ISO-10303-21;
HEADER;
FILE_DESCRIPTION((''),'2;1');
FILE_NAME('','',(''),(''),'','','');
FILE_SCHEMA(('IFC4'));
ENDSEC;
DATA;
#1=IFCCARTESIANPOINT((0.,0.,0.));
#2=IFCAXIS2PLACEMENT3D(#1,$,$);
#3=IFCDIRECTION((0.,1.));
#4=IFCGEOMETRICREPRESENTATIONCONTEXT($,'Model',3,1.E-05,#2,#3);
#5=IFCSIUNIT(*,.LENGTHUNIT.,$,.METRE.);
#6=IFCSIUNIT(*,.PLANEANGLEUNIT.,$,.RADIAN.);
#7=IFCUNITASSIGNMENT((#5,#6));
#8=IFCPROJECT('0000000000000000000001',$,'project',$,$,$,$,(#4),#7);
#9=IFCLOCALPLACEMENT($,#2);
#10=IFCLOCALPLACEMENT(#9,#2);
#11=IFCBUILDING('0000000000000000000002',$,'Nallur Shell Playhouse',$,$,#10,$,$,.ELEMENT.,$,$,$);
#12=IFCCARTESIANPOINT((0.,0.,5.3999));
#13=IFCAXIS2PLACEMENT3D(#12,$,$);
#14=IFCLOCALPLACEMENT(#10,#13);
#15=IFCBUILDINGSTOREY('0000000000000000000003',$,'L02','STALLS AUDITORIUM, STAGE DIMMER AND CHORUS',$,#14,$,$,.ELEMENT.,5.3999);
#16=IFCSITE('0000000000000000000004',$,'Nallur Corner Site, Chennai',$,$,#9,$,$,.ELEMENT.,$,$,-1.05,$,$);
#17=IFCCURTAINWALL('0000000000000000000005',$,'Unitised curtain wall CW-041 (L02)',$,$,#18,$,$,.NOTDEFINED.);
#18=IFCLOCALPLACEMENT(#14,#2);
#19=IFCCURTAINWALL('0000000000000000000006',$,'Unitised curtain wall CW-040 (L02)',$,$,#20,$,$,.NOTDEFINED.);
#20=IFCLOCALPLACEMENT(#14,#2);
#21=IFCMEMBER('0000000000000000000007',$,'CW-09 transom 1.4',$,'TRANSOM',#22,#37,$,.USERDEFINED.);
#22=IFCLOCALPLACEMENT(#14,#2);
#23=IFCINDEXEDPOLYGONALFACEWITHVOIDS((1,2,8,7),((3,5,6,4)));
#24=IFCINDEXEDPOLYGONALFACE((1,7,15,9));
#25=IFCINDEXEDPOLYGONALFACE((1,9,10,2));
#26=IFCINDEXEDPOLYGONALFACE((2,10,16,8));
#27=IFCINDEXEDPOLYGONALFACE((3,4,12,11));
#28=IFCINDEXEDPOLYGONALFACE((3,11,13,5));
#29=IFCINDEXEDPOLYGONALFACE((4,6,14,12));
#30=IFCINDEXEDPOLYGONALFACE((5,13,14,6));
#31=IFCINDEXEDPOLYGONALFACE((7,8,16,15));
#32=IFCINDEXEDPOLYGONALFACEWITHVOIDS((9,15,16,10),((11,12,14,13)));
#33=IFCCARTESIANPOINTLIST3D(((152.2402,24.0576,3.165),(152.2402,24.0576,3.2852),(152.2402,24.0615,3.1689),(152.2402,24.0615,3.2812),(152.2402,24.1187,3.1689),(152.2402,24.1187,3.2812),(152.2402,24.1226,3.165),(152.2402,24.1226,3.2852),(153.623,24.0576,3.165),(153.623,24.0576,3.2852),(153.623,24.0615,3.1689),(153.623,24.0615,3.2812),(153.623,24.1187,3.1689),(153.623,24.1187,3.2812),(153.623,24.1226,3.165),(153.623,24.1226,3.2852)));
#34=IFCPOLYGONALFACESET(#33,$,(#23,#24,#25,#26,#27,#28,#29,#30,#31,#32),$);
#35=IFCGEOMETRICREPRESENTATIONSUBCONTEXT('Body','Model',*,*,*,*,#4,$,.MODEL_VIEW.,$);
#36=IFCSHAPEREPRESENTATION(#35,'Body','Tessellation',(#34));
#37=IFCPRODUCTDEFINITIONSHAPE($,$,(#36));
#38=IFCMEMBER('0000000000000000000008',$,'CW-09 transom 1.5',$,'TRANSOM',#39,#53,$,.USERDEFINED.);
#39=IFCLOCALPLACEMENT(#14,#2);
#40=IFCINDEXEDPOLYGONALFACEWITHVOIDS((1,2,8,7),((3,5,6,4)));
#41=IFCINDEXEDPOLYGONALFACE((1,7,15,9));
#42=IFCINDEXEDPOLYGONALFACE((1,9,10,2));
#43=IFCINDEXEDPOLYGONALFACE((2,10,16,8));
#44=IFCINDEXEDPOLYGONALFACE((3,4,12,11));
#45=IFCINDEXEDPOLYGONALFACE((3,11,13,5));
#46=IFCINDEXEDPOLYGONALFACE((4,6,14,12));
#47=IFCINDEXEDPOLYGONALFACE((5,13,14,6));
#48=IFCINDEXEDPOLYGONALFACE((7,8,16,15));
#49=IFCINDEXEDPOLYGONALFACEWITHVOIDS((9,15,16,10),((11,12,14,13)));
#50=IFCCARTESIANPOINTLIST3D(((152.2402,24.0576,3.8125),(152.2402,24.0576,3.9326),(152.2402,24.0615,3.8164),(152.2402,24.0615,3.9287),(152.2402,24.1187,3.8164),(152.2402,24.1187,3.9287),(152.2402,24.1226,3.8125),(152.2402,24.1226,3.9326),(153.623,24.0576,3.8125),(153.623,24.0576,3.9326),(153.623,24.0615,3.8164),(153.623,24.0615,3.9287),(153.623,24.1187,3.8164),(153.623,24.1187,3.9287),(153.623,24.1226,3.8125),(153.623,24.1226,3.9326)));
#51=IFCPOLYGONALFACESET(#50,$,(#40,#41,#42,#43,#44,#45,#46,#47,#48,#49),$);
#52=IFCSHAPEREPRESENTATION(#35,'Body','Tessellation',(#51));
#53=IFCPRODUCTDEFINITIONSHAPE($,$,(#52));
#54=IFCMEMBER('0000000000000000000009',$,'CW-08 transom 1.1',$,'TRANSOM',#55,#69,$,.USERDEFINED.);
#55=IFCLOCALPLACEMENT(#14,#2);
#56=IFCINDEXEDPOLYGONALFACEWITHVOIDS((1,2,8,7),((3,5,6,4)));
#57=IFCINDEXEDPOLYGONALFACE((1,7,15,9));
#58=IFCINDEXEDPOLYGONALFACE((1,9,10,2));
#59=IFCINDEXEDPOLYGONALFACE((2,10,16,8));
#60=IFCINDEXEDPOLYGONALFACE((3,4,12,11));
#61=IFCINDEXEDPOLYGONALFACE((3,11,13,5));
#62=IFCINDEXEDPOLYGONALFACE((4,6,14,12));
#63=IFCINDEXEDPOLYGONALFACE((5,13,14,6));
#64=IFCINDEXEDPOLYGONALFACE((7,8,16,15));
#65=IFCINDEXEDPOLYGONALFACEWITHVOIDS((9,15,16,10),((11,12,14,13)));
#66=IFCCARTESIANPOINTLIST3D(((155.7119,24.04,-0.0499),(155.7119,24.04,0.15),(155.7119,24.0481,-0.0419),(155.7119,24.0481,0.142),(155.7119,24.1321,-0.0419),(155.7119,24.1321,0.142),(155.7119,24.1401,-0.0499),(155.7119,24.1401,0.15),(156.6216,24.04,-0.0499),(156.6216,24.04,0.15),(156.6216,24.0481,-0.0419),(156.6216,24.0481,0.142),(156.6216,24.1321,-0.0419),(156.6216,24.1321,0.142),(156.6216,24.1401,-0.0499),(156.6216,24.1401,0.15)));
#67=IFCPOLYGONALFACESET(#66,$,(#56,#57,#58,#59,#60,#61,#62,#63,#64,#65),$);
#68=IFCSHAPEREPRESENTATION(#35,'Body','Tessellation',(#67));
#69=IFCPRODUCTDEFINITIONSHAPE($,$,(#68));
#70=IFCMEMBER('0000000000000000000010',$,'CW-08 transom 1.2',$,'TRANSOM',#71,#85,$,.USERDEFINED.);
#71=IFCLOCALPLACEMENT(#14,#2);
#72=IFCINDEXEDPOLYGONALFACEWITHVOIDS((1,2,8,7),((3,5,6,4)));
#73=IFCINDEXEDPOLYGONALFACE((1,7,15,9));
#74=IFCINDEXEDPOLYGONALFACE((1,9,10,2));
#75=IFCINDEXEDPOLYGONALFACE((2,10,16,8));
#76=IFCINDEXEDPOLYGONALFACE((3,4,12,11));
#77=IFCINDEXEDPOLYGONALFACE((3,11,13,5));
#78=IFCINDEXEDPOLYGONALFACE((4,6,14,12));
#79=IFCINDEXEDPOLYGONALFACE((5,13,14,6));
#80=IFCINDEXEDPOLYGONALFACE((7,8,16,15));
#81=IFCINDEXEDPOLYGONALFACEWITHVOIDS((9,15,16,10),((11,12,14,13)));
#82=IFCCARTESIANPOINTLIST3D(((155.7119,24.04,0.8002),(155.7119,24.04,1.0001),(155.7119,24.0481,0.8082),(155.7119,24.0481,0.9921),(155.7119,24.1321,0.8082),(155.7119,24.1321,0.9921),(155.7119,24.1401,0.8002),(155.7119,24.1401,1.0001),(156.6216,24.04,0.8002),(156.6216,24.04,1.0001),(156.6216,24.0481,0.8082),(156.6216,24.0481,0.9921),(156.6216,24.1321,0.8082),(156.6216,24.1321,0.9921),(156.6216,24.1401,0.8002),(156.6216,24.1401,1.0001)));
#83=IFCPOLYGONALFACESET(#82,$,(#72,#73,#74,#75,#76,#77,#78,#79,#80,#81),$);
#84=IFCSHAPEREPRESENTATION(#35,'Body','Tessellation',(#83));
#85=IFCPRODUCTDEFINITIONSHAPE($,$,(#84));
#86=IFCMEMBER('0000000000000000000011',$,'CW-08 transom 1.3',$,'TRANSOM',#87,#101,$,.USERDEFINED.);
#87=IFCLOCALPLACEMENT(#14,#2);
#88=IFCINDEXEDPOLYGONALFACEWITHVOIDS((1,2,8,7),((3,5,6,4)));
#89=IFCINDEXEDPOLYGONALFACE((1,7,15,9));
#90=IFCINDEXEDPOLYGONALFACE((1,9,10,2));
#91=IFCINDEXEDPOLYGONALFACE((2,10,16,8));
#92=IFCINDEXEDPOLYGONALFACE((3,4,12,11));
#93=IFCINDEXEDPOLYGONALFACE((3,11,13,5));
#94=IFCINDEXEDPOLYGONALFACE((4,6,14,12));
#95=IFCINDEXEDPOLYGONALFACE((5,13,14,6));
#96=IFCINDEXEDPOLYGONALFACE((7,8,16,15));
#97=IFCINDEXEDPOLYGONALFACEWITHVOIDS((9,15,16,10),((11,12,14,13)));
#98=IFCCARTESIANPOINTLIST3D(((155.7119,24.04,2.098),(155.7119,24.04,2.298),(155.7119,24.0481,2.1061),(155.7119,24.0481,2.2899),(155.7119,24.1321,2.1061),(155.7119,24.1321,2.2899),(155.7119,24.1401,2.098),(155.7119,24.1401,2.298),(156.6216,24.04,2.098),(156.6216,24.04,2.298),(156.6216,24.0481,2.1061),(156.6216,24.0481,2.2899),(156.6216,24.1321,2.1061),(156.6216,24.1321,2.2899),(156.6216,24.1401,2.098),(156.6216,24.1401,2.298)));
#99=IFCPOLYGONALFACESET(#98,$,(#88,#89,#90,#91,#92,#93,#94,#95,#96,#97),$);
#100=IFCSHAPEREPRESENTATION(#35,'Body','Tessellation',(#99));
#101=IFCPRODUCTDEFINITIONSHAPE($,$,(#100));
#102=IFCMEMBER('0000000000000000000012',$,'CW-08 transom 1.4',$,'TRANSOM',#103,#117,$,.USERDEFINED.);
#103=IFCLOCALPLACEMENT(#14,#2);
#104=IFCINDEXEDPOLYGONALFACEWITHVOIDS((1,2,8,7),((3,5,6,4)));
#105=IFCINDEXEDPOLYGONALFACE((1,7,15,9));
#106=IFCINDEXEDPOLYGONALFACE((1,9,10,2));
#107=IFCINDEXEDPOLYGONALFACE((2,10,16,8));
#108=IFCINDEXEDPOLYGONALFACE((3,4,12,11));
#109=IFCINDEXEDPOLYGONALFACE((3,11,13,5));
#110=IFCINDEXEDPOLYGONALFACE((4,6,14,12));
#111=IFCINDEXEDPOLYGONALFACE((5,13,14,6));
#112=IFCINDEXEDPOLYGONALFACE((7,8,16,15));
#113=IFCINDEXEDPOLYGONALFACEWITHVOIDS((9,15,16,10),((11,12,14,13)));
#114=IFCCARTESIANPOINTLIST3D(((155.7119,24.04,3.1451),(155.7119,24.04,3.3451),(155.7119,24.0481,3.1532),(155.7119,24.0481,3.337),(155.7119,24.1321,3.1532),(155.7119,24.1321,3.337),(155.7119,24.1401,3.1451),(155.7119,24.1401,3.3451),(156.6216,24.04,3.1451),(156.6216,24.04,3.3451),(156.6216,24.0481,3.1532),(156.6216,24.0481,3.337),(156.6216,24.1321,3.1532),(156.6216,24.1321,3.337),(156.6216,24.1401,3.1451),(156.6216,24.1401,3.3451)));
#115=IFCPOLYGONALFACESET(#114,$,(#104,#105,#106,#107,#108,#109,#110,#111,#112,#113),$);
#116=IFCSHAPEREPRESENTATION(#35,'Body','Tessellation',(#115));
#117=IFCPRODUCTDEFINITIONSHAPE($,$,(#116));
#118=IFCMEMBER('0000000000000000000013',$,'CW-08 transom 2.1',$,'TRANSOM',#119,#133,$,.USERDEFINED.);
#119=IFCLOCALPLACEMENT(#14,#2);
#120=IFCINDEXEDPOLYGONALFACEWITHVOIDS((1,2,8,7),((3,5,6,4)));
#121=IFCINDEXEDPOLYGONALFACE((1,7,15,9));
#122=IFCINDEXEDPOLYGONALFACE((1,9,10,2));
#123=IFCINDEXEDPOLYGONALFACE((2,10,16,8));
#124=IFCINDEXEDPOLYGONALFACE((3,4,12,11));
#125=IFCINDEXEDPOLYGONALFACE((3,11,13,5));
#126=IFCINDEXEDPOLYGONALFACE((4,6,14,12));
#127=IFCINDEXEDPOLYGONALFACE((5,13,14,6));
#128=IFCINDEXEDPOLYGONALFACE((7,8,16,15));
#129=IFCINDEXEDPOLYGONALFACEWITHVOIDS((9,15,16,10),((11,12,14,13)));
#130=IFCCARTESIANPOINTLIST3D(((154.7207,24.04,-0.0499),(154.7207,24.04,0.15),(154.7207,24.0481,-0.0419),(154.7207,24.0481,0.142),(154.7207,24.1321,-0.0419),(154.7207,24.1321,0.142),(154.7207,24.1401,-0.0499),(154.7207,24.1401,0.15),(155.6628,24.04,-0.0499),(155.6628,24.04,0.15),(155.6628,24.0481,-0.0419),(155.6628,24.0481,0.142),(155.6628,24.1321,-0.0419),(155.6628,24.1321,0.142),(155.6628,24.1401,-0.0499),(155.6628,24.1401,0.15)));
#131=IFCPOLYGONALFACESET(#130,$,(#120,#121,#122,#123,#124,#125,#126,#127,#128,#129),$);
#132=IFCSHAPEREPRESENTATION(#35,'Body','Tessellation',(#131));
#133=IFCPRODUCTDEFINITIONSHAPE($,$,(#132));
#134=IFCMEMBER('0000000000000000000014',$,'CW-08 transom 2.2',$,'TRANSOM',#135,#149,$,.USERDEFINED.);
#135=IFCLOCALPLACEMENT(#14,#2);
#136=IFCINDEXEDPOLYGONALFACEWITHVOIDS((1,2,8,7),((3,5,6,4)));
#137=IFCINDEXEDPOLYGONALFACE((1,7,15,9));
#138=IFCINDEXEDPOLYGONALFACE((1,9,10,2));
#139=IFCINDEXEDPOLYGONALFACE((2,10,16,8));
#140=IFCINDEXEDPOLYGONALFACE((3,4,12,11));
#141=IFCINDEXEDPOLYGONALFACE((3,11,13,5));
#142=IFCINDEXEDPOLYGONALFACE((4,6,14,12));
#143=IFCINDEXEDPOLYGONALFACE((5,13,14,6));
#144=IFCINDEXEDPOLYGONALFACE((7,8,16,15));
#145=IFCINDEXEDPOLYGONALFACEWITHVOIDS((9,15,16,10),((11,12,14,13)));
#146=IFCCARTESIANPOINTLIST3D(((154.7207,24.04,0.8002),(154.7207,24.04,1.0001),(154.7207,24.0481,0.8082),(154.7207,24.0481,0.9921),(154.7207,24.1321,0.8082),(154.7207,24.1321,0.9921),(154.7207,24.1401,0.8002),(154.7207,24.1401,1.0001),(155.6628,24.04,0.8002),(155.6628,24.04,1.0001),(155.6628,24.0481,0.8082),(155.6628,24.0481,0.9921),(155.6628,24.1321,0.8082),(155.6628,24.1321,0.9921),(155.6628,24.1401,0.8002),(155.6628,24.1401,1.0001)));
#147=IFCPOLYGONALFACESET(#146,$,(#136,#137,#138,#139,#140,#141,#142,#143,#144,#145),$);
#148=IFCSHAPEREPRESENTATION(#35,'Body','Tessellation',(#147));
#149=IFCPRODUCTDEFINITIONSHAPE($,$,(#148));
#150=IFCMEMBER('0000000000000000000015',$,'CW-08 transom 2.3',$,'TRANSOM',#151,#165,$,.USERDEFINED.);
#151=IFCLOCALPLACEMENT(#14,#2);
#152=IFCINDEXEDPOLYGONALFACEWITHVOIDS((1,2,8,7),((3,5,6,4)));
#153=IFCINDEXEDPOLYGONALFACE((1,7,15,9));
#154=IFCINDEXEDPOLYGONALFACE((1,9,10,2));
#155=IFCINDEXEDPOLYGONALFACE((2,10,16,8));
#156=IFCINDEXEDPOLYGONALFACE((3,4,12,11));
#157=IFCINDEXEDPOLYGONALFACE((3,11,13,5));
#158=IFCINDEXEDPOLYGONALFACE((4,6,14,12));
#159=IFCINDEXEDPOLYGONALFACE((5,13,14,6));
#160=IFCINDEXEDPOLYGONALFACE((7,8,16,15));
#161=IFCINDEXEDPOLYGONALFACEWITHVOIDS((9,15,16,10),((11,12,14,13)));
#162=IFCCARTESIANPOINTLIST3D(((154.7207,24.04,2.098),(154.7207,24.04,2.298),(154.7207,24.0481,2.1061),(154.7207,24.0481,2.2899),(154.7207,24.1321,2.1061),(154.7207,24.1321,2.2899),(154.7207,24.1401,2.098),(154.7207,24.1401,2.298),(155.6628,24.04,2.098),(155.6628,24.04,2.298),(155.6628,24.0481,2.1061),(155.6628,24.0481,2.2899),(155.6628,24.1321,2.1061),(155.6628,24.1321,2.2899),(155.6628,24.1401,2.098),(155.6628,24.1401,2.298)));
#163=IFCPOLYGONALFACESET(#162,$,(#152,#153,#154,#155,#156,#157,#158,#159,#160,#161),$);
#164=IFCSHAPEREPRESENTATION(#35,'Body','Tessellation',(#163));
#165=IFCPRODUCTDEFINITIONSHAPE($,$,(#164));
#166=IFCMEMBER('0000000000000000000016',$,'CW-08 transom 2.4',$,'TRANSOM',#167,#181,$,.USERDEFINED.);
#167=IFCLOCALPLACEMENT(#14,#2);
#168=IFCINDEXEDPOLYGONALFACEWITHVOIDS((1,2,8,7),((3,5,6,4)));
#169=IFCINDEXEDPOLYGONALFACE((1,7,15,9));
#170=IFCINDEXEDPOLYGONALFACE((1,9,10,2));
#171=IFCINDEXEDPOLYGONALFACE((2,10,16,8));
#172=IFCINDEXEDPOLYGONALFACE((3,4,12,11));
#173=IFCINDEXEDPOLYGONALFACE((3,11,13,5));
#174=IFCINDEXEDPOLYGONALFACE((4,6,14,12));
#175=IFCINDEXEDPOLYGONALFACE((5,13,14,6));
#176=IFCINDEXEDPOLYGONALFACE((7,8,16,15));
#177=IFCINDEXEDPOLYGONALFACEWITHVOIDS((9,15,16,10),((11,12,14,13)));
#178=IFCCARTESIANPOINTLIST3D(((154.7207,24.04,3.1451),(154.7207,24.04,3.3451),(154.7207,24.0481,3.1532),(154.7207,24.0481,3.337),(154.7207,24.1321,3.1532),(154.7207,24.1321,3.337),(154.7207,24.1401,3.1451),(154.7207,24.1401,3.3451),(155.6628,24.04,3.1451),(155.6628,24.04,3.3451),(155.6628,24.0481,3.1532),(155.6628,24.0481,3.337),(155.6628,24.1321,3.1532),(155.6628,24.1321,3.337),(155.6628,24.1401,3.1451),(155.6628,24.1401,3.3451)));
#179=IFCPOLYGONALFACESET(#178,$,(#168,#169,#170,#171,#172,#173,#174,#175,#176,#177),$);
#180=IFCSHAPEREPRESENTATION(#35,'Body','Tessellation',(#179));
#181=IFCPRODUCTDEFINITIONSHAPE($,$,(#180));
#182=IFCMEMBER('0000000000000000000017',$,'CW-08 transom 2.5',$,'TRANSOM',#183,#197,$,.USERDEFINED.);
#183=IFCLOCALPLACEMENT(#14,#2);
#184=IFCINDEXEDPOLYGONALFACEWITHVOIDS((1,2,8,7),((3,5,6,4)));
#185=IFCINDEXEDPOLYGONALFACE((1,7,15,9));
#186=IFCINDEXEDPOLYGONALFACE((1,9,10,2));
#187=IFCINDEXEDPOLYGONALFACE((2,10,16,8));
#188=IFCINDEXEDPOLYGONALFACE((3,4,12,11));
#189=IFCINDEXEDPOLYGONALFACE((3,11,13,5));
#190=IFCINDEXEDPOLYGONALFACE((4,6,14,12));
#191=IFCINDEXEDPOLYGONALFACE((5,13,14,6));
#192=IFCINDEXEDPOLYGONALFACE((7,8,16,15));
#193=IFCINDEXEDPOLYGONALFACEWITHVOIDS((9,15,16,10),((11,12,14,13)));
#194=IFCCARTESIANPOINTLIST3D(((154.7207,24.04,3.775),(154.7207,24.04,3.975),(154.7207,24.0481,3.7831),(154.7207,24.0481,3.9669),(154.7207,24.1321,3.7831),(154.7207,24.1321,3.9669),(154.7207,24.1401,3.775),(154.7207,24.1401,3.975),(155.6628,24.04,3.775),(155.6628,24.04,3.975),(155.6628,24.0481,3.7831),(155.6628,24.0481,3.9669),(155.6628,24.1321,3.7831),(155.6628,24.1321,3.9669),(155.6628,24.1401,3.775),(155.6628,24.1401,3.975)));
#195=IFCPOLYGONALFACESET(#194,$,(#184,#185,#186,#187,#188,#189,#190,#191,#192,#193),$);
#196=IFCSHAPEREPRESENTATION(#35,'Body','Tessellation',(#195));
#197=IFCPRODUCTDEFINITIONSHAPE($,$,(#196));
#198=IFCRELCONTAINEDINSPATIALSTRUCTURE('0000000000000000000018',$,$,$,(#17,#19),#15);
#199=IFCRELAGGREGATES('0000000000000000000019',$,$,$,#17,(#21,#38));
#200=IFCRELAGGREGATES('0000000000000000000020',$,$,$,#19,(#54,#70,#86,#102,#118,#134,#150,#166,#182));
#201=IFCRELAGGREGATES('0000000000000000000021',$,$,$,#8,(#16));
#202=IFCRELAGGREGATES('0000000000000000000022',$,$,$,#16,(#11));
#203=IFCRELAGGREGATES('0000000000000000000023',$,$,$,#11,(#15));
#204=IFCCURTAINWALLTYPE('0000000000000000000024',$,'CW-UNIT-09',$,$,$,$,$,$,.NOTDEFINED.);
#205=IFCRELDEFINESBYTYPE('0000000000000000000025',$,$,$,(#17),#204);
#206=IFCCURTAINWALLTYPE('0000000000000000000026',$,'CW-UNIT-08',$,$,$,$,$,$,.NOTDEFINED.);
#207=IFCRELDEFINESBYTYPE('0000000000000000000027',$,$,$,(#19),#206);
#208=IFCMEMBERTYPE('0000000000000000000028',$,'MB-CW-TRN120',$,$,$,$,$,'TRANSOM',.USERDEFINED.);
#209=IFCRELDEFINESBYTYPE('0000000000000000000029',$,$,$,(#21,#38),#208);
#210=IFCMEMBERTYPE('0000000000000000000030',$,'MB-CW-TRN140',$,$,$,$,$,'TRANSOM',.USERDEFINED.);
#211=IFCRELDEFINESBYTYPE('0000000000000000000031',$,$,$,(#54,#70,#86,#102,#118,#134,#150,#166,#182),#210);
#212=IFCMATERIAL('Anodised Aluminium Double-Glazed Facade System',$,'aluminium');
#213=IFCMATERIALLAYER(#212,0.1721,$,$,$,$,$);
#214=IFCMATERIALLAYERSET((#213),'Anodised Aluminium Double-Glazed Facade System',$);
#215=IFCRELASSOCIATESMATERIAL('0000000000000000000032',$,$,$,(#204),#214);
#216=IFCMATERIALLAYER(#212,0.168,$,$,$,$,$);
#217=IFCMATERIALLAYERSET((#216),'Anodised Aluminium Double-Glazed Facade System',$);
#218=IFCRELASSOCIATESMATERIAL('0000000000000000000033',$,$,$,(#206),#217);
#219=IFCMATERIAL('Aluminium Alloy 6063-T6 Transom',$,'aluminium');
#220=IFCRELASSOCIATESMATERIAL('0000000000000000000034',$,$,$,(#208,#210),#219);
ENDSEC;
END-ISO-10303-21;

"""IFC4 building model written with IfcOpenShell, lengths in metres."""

from ifc_helpers import new_model, si_unit, direction, frame, origin, origin_2d, place, context, subcontext, project, spatial, hollow_rectangle, extrude, material, layer, layer_set, material_profile, profile_set, type_object, element, aggregate, save


model = new_model("IFC4")

# Units and contexts
model_context = context("Model", 3, precision=1e-05, world=origin(), true_north=direction((0.0, 1.0)))
body_context = subcontext(model_context, "Body", "Model", "MODEL_VIEW")
ifc_project = project(units=[si_unit("LENGTHUNIT", "METRE"), si_unit("PLANEANGLEUNIT", "RADIAN")], contexts=[model_context])

# Site, building, storey
site_placement = place(None, origin())
site = spatial("IfcSite", under=ifc_project, at=site_placement, Name="Nallur Corner Site, Chennai", CompositionType="ELEMENT", RefElevation=-1.05)
building_placement = place(site_placement, origin())
building = spatial("IfcBuilding", under=site, at=building_placement, Name="Nallur Shell Playhouse", CompositionType="ELEMENT")
storey_placement = place(building_placement, frame((0.0, 0.0, 5.3999)))
storey = spatial("IfcBuildingStorey", under=building, at=storey_placement, Name="L02", Description="STALLS AUDITORIUM, STAGE DIMMER AND CHORUS", CompositionType="ELEMENT", Elevation=5.3999)

# Curtain wall
ifc_material_1 = material(Name="Anodised Aluminium Double-Glazed Facade System", Category="aluminium")
ifc_layer_1 = layer(ifc_material_1, 0.1721)
ifc_layer_set_1 = layer_set([ifc_layer_1], Name="Anodised Aluminium Double-Glazed Facade System")
curtain_wall_type_1 = type_object("IfcCurtainWallType", Name="CW-UNIT-09", PredefinedType="NOTDEFINED", material=ifc_layer_set_1)
curtain_wall_1_placement = place(storey_placement, origin())
curtain_wall_1 = element("IfcCurtainWall", 1, at=curtain_wall_1_placement, inside=storey, type_object=curtain_wall_type_1, Name="Unitised curtain wall CW-041 (L02)", PredefinedType="NOTDEFINED")

# Curtain wall
ifc_layer_2 = layer(ifc_material_1, 0.168)
ifc_layer_set_2 = layer_set([ifc_layer_2], Name="Anodised Aluminium Double-Glazed Facade System")
curtain_wall_type_2 = type_object("IfcCurtainWallType", Name="CW-UNIT-08", PredefinedType="NOTDEFINED", material=ifc_layer_set_2)
curtain_wall_2_placement = place(storey_placement, origin())
curtain_wall_2 = element("IfcCurtainWall", 2, at=curtain_wall_2_placement, inside=storey, type_object=curtain_wall_type_2, Name="Unitised curtain wall CW-040 (L02)", PredefinedType="NOTDEFINED")

# Members
ifc_material_2 = material(Name="Aluminium Alloy 6063-T6 Transom", Category="aluminium")
ifc_material_profile_1 = material_profile(ifc_material_2, hollow_rectangle(XDim=0.0649, YDim=0.1201, WallThickness=0.0039, at=origin_2d()), Name="ALU 65x120x4")
ifc_profile_set_1 = profile_set([ifc_material_profile_1], Name="Aluminium Alloy 6063-T6 Transom")
member_type_1 = type_object("IfcMemberType", Name="MB-CW-TRN120", ElementType="TRANSOM", PredefinedType="USERDEFINED", material=ifc_profile_set_1)
member_1_placement = place(storey_placement, frame((153.623, 24.0901, 3.2251), z_axis=(-1.0, 0.0, 0.0), x_axis=(0.0, -1.0, 0.0)))
member_1 = element("IfcMember", 3, at=member_1_placement, type_object=member_type_1, Name="CW-09 transom 1.4", ObjectType="TRANSOM", PredefinedType="USERDEFINED", context=body_context, shape_type="SweptSolid", body=[
    extrude(hollow_rectangle(XDim=0.0649, YDim=0.1201, WallThickness=0.0039, at=origin_2d()), origin(), (0.0, 0.0, 1.0), 1.3828),
])
member_2_placement = place(storey_placement, frame((153.623, 24.0901, 3.8726), z_axis=(-1.0, 0.0, 0.0), x_axis=(0.0, -1.0, 0.0)))
member_2 = element("IfcMember", 4, at=member_2_placement, type_object=member_type_1, Name="CW-09 transom 1.5", ObjectType="TRANSOM", PredefinedType="USERDEFINED", context=body_context, shape_type="SweptSolid", body=[
    extrude(hollow_rectangle(XDim=0.0649, YDim=0.1201, WallThickness=0.0039, at=origin_2d()), origin(), (0.0, 0.0, 1.0), 1.3828),
])
aggregate(curtain_wall_1, [member_1, member_2])
ifc_material_profile_2 = material_profile(ifc_material_2, hollow_rectangle(XDim=0.1001, YDim=0.2, WallThickness=0.0081, at=origin_2d()), Name="RHS 200x100x8")
ifc_profile_set_2 = profile_set([ifc_material_profile_2], Name="Aluminium Alloy 6063-T6 Transom")
member_type_2 = type_object("IfcMemberType", Name="MB-CW-TRN140", ElementType="TRANSOM", PredefinedType="USERDEFINED", material=ifc_profile_set_2)
member_3_placement = place(storey_placement, frame((156.6216, 24.0901, 0.05), z_axis=(-1.0, 0.0, 0.0), x_axis=(0.0, -1.0, 0.0)))
member_3 = element("IfcMember", 5, at=member_3_placement, type_object=member_type_2, Name="CW-08 transom 1.1", ObjectType="TRANSOM", PredefinedType="USERDEFINED", context=body_context, shape_type="SweptSolid", body=[
    extrude(hollow_rectangle(XDim=0.1001, YDim=0.2, WallThickness=0.0081, at=origin_2d()), origin(), (0.0, 0.0, 1.0), 0.9097),
])
member_4_placement = place(storey_placement, frame((156.6216, 24.0901, 0.9001), z_axis=(-1.0, 0.0, 0.0), x_axis=(0.0, -1.0, 0.0)))
member_4 = element("IfcMember", 6, at=member_4_placement, type_object=member_type_2, Name="CW-08 transom 1.2", ObjectType="TRANSOM", PredefinedType="USERDEFINED", context=body_context, shape_type="SweptSolid", body=[
    extrude(hollow_rectangle(XDim=0.1001, YDim=0.2, WallThickness=0.0081, at=origin_2d()), origin(), (0.0, 0.0, 1.0), 0.9097),
])
member_5_placement = place(storey_placement, frame((156.6216, 24.0901, 2.198), z_axis=(-1.0, 0.0, 0.0), x_axis=(0.0, -1.0, 0.0)))
member_5 = element("IfcMember", 7, at=member_5_placement, type_object=member_type_2, Name="CW-08 transom 1.3", ObjectType="TRANSOM", PredefinedType="USERDEFINED", context=body_context, shape_type="SweptSolid", body=[
    extrude(hollow_rectangle(XDim=0.1001, YDim=0.2, WallThickness=0.0081, at=origin_2d()), origin(), (0.0, 0.0, 1.0), 0.9097),
])
member_6_placement = place(storey_placement, frame((156.6216, 24.0901, 3.2451), z_axis=(-1.0, 0.0, 0.0), x_axis=(0.0, -1.0, 0.0)))
member_6 = element("IfcMember", 8, at=member_6_placement, type_object=member_type_2, Name="CW-08 transom 1.4", ObjectType="TRANSOM", PredefinedType="USERDEFINED", context=body_context, shape_type="SweptSolid", body=[
    extrude(hollow_rectangle(XDim=0.1001, YDim=0.2, WallThickness=0.0081, at=origin_2d()), origin(), (0.0, 0.0, 1.0), 0.9097),
])
member_7_placement = place(storey_placement, frame((155.6628, 24.0901, 0.05), z_axis=(-1.0, 0.0, 0.0), x_axis=(0.0, -1.0, 0.0)))
member_7 = element("IfcMember", 9, at=member_7_placement, type_object=member_type_2, Name="CW-08 transom 2.1", ObjectType="TRANSOM", PredefinedType="USERDEFINED", context=body_context, shape_type="SweptSolid", body=[
    extrude(hollow_rectangle(XDim=0.1001, YDim=0.2, WallThickness=0.0081, at=origin_2d()), origin(), (0.0, 0.0, 1.0), 0.9421),
])
member_8_placement = place(storey_placement, frame((155.6628, 24.0901, 0.9001), z_axis=(-1.0, 0.0, 0.0), x_axis=(0.0, -1.0, 0.0)))
member_8 = element("IfcMember", 10, at=member_8_placement, type_object=member_type_2, Name="CW-08 transom 2.2", ObjectType="TRANSOM", PredefinedType="USERDEFINED", context=body_context, shape_type="SweptSolid", body=[
    extrude(hollow_rectangle(XDim=0.1001, YDim=0.2, WallThickness=0.0081, at=origin_2d()), origin(), (0.0, 0.0, 1.0), 0.9421),
])
member_9_placement = place(storey_placement, frame((155.6628, 24.0901, 2.198), z_axis=(-1.0, 0.0, 0.0), x_axis=(0.0, -1.0, 0.0)))
member_9 = element("IfcMember", 11, at=member_9_placement, type_object=member_type_2, Name="CW-08 transom 2.3", ObjectType="TRANSOM", PredefinedType="USERDEFINED", context=body_context, shape_type="SweptSolid", body=[
    extrude(hollow_rectangle(XDim=0.1001, YDim=0.2, WallThickness=0.0081, at=origin_2d()), origin(), (0.0, 0.0, 1.0), 0.9421),
])
member_10_placement = place(storey_placement, frame((155.6628, 24.0901, 3.2451), z_axis=(-1.0, 0.0, 0.0), x_axis=(0.0, -1.0, 0.0)))
member_10 = element("IfcMember", 12, at=member_10_placement, type_object=member_type_2, Name="CW-08 transom 2.4", ObjectType="TRANSOM", PredefinedType="USERDEFINED", context=body_context, shape_type="SweptSolid", body=[
    extrude(hollow_rectangle(XDim=0.1001, YDim=0.2, WallThickness=0.0081, at=origin_2d()), origin(), (0.0, 0.0, 1.0), 0.9421),
])
member_11_placement = place(storey_placement, frame((155.6628, 24.0901, 3.875), z_axis=(-1.0, 0.0, 0.0), x_axis=(0.0, -1.0, 0.0)))
member_11 = element("IfcMember", 13, at=member_11_placement, type_object=member_type_2, Name="CW-08 transom 2.5", ObjectType="TRANSOM", PredefinedType="USERDEFINED", context=body_context, shape_type="SweptSolid", body=[
    extrude(hollow_rectangle(XDim=0.1001, YDim=0.2, WallThickness=0.0081, at=origin_2d()), origin(), (0.0, 0.0, 1.0), 0.9421),
])

aggregate(curtain_wall_2, [member_3, member_4, member_5, member_6, member_7, member_8, member_9, member_10, member_11])

save(model, "model.ifc")
